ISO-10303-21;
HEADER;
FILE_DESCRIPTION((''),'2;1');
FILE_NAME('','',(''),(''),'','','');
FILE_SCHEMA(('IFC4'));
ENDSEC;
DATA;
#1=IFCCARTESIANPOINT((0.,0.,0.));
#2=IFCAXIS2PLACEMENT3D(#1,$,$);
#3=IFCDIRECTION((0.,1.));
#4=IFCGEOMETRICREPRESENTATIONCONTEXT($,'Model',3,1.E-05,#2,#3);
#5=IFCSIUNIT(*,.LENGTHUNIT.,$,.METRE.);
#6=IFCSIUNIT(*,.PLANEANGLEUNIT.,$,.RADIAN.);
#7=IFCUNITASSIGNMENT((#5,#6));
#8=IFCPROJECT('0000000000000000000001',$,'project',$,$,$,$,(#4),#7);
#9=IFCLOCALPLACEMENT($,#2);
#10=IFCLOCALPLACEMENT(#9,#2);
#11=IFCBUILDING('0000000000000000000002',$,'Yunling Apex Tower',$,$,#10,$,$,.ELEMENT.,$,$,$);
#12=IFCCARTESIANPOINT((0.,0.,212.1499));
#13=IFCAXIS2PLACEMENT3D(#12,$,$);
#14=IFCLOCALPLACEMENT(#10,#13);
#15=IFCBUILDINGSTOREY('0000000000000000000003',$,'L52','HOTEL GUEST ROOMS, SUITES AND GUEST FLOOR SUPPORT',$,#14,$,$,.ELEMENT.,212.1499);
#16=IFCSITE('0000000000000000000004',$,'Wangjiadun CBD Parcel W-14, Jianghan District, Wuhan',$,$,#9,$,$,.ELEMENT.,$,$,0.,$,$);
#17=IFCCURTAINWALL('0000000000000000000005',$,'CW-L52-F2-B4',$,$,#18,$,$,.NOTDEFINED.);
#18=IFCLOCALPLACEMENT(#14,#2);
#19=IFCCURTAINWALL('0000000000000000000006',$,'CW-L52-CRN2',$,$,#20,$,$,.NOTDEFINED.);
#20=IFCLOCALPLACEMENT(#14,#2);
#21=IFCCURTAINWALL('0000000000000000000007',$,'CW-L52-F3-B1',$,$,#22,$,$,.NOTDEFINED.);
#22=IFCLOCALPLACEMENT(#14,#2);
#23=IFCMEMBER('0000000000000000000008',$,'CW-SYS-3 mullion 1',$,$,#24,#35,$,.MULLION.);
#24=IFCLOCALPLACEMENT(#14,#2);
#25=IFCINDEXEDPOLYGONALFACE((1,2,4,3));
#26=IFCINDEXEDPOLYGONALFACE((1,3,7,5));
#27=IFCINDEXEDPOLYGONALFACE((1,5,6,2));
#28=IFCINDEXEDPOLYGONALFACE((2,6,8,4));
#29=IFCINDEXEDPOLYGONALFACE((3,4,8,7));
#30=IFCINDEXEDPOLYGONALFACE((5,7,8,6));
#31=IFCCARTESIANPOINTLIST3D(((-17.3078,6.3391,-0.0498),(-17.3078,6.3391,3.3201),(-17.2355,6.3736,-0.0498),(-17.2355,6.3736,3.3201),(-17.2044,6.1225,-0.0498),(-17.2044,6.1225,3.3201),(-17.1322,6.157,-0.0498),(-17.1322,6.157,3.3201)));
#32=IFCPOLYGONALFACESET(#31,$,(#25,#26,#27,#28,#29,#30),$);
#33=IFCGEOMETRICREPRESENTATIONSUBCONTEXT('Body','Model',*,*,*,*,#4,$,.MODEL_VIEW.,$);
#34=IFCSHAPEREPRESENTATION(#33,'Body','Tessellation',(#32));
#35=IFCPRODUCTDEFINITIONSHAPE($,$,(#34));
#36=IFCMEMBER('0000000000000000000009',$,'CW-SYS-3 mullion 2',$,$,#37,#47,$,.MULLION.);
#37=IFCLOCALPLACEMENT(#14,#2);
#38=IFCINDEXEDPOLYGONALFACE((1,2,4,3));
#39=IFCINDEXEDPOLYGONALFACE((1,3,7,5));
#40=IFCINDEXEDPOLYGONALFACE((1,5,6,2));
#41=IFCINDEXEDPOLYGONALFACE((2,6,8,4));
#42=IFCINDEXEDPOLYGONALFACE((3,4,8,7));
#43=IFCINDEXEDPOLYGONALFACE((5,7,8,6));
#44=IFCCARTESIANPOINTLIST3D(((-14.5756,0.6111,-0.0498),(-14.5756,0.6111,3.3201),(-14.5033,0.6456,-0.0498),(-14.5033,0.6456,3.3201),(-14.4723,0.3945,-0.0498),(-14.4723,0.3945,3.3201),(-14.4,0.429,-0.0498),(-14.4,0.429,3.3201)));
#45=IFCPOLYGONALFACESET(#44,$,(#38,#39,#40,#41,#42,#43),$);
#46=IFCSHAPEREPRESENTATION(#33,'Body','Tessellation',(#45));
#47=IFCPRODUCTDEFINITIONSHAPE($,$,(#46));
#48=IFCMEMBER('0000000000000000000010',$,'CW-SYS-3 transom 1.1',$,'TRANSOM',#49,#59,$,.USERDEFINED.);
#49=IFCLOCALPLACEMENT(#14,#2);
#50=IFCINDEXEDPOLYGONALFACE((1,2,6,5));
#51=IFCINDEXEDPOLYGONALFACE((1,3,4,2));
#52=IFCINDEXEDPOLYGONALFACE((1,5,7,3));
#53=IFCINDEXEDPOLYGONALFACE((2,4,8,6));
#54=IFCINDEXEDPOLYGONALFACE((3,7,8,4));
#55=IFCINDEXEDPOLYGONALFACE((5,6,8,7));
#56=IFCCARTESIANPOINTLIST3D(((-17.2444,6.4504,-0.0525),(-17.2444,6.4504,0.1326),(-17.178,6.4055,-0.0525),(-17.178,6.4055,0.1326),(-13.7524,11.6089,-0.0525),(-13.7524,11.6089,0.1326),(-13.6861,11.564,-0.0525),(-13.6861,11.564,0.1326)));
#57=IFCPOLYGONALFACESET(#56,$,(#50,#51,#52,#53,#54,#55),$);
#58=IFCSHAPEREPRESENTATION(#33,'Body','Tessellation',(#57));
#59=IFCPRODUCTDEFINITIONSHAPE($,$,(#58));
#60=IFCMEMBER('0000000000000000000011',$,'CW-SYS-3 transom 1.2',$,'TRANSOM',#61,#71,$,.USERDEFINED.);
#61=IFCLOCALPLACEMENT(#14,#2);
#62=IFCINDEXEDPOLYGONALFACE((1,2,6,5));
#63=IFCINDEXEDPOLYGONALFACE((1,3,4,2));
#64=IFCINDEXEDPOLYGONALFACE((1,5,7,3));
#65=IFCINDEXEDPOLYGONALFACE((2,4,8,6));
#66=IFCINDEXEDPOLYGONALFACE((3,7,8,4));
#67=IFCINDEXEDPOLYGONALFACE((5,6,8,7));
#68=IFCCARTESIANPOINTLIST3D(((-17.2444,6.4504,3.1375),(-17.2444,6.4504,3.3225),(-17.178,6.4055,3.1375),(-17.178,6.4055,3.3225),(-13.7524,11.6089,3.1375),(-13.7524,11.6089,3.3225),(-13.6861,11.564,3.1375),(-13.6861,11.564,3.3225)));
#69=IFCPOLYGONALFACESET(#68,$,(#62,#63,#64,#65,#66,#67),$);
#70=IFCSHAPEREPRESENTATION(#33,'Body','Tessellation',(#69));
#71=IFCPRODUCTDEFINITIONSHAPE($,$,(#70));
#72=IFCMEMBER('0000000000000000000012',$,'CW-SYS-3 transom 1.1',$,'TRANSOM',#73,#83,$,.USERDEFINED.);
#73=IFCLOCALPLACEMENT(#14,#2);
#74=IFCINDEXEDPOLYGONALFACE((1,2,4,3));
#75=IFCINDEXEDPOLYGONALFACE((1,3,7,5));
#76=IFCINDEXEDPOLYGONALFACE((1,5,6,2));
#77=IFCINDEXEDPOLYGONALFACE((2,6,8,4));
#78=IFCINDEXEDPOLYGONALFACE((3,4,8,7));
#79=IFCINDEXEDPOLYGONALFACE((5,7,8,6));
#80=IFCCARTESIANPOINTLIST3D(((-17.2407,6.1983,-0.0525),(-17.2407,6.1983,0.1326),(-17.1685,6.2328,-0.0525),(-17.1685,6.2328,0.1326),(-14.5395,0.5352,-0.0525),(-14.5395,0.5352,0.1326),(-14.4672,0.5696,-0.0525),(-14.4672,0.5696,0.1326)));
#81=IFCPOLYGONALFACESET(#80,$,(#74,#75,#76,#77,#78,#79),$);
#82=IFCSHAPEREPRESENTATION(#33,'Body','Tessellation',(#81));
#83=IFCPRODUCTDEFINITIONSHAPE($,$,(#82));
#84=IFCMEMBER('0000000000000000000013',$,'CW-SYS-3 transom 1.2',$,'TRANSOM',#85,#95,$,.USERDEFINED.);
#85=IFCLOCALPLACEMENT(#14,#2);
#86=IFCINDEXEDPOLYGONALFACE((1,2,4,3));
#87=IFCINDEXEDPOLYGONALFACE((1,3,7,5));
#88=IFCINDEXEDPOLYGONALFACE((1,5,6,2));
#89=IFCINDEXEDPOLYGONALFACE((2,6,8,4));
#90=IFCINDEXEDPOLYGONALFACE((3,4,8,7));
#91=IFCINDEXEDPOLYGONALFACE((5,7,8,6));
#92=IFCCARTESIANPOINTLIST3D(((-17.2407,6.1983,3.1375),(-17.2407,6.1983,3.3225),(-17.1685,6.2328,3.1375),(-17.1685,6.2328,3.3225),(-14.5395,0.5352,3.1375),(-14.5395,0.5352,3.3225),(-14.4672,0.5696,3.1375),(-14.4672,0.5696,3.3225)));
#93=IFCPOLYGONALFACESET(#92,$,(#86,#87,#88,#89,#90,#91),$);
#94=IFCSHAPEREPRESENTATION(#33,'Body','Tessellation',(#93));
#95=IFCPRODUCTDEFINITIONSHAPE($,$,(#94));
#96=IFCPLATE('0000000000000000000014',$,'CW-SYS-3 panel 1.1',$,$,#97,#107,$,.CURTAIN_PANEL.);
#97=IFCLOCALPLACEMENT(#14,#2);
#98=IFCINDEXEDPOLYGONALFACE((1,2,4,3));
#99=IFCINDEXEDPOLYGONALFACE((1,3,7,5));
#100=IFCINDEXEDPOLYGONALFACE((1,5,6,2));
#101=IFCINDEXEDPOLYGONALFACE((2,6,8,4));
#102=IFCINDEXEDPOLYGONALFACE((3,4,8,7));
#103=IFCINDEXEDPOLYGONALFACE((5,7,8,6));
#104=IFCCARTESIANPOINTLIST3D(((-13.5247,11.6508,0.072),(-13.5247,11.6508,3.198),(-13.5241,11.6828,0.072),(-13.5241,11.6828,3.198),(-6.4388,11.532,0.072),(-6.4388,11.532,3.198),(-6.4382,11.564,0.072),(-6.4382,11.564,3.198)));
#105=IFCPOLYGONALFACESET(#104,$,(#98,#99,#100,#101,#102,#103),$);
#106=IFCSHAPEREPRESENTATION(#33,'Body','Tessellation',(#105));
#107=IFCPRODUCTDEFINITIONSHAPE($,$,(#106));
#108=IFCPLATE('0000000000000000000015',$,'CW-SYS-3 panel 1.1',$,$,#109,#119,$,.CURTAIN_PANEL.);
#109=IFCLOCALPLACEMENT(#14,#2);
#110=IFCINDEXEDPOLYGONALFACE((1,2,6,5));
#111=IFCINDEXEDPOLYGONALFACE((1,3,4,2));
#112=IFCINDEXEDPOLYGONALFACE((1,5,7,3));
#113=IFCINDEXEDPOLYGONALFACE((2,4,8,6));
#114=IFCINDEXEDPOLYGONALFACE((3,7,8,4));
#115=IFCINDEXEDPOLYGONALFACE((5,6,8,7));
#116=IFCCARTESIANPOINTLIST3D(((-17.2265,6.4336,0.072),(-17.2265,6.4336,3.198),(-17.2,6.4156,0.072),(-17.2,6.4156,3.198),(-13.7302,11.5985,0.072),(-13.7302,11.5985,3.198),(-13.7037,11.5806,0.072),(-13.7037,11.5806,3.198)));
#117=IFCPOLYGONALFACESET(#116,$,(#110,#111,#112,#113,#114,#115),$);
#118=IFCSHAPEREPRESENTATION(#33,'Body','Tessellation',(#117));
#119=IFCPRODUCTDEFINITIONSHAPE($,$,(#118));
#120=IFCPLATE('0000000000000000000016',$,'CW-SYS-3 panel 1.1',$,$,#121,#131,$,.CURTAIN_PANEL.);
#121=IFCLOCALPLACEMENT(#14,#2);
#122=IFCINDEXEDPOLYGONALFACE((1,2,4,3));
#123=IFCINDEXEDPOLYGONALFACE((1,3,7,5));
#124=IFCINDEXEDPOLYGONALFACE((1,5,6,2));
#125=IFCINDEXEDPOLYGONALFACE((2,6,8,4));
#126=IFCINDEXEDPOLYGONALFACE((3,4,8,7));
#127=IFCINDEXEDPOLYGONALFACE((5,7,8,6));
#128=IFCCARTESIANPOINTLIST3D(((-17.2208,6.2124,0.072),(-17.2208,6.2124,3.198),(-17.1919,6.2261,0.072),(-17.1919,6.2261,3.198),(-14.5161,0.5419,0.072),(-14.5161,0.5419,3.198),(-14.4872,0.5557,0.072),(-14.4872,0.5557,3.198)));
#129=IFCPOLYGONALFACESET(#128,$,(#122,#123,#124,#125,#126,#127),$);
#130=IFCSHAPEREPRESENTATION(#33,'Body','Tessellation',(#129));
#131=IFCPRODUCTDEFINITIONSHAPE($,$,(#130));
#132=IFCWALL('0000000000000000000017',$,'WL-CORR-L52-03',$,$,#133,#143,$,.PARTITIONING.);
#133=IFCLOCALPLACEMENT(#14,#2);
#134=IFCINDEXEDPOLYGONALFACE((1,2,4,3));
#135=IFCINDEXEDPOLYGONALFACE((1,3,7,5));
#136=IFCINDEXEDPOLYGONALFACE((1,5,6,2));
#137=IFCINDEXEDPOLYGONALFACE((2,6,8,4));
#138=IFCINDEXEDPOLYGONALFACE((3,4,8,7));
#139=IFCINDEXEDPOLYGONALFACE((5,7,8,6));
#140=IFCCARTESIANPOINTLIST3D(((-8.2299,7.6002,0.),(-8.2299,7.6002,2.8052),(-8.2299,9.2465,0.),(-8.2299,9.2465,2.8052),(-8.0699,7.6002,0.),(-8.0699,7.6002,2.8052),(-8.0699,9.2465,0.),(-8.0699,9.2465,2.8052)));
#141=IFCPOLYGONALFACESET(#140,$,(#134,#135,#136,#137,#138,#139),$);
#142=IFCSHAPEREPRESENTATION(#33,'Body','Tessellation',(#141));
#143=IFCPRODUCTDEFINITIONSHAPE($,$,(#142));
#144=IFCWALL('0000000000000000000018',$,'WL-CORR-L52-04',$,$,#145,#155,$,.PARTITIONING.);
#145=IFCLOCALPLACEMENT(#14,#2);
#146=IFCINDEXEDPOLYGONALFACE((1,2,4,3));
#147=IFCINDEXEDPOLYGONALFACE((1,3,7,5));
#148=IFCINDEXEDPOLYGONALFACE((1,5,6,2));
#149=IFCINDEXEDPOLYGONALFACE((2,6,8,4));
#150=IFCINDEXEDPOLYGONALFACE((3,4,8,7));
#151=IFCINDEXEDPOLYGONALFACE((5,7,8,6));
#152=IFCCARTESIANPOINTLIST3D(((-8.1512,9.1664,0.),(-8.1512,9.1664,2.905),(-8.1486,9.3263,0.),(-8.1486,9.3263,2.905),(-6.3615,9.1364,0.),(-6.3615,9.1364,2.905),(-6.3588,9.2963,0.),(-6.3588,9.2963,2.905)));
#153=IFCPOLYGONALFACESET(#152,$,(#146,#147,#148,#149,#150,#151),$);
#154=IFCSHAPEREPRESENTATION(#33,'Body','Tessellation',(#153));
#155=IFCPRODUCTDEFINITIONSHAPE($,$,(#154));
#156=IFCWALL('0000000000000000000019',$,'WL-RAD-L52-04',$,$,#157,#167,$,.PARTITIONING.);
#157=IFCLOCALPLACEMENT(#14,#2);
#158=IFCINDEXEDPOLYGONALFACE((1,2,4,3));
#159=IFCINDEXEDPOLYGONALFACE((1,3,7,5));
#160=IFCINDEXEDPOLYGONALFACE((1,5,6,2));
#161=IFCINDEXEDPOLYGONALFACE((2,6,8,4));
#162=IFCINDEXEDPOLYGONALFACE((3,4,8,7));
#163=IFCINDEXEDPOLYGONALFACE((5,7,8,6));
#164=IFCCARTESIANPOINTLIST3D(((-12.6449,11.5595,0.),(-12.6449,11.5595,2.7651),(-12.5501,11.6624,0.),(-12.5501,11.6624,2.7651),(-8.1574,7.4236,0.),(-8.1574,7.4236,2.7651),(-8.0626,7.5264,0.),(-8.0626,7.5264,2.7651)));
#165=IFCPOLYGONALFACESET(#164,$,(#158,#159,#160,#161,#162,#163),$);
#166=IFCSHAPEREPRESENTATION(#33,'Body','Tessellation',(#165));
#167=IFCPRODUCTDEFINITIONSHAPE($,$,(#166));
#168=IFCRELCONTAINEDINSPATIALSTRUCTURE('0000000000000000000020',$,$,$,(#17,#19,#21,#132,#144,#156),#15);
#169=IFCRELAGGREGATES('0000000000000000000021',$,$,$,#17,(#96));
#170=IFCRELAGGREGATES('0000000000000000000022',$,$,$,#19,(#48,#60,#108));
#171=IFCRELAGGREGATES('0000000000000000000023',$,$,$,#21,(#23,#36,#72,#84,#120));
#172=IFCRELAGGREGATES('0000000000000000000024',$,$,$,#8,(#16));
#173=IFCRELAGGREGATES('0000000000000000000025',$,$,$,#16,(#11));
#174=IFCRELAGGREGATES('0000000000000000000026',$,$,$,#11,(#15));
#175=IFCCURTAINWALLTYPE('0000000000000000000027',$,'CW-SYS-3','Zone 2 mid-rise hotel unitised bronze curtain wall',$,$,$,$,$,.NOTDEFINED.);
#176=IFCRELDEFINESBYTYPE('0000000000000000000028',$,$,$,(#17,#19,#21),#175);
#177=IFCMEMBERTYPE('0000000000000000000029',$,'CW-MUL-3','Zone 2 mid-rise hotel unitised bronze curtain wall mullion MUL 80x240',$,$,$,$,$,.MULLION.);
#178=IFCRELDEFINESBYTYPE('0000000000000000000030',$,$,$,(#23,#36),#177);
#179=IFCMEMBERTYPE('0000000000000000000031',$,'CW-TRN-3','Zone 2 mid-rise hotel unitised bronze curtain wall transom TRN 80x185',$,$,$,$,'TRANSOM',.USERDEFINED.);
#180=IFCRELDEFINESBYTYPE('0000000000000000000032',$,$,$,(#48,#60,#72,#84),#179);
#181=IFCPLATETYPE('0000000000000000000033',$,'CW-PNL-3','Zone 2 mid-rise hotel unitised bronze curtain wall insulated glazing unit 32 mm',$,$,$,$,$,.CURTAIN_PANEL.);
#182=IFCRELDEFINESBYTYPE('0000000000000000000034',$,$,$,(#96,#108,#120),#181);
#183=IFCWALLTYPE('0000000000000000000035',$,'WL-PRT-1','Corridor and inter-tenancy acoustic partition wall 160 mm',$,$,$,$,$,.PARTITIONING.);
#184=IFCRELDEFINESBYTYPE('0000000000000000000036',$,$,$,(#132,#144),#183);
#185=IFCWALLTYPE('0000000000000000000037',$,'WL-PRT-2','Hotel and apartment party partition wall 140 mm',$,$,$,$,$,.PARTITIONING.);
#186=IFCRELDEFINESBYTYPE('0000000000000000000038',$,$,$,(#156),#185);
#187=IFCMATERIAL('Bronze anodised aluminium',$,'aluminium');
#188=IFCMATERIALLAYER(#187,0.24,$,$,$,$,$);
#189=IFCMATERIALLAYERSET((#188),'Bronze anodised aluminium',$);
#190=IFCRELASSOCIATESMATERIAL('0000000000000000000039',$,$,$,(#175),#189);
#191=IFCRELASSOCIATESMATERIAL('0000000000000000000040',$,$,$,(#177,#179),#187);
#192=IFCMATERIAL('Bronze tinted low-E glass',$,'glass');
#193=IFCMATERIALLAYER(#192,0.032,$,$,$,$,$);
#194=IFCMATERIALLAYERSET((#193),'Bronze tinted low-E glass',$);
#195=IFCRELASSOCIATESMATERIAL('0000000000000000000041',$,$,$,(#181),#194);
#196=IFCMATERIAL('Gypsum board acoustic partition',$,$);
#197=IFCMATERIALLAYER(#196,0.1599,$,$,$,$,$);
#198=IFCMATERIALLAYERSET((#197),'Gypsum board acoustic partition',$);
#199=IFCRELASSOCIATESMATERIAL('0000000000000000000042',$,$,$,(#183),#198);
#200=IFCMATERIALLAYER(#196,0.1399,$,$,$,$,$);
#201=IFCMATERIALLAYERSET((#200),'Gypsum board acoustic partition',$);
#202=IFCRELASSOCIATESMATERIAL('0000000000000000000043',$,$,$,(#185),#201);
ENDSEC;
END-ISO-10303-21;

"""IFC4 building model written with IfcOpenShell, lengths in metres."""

from ifc_helpers import new_model, si_unit, direction, frame, frame_2d, origin, origin_2d, place, context, subcontext, project, spatial, rectangle, extrude, source, transform, mapped, material, layer, layer_set, material_profile, profile_set, type_object, element, aggregate, save


model = new_model("IFC4")

# Units and contexts
model_context = context("Model", 3, precision=1e-05, world=origin(), true_north=direction((0.0, 1.0)))
body_context = subcontext(model_context, "Body", "Model", "MODEL_VIEW")
ifc_project = project(units=[si_unit("LENGTHUNIT", "METRE"), si_unit("PLANEANGLEUNIT", "RADIAN")], contexts=[model_context])

# Site, building, storey
site_placement = place(None, origin())
site = spatial("IfcSite", under=ifc_project, at=site_placement, Name="Wangjiadun CBD Parcel W-14, Jianghan District, Wuhan", CompositionType="ELEMENT", RefElevation=0.0)
building_placement = place(site_placement, origin())
building = spatial("IfcBuilding", under=site, at=building_placement, Name="Yunling Apex Tower", CompositionType="ELEMENT")
storey_placement = place(building_placement, frame((0.0, 0.0, 212.1499)))
storey = spatial("IfcBuildingStorey", under=building, at=storey_placement, Name="L52", Description="HOTEL GUEST ROOMS, SUITES AND GUEST FLOOR SUPPORT", CompositionType="ELEMENT", Elevation=212.1499)

# Curtain wall
ifc_material_1 = material(Name="Bronze anodised aluminium", Category="aluminium")
ifc_layer_1 = layer(ifc_material_1, 0.24)
ifc_layer_set_1 = layer_set([ifc_layer_1], Name="Bronze anodised aluminium")
curtain_wall_type = type_object("IfcCurtainWallType", Name="CW-SYS-3", Description="Zone 2 mid-rise hotel unitised bronze curtain wall", PredefinedType="NOTDEFINED", material=ifc_layer_set_1)
curtain_wall_1_placement = place(storey_placement, origin())
curtain_wall_1 = element("IfcCurtainWall", 1, at=curtain_wall_1_placement, inside=storey, type_object=curtain_wall_type, Name="CW-L52-F2-B4", PredefinedType="NOTDEFINED")
ifc_material_profile_1 = material_profile(ifc_material_1, rectangle(XDim=0.0801, YDim=0.24, at=origin_2d()))
ifc_profile_set_1 = profile_set([ifc_material_profile_1], Name="Bronze anodised aluminium")
member_type_1 = type_object("IfcMemberType", Name="CW-MUL-3", Description="Zone 2 mid-rise hotel unitised bronze curtain wall mullion MUL 80x240", PredefinedType="MULLION", material=ifc_profile_set_1)
shared_shape_1 = source(origin(), body_context, "Body", "SweptSolid", [
    extrude(rectangle(XDim=0.0801, YDim=0.24, at=origin_2d()), origin(), (0.0, 0.0, 1.0), 3.3699),
])

# Curtain walls, members
curtain_wall_2_placement = place(storey_placement, origin())
curtain_wall_2 = element("IfcCurtainWall", 2, at=curtain_wall_2_placement, inside=storey, type_object=curtain_wall_type, Name="CW-L52-CRN2", PredefinedType="NOTDEFINED")
curtain_wall_3_placement = place(storey_placement, origin())
curtain_wall_3 = element("IfcCurtainWall", 3, at=curtain_wall_3_placement, inside=storey, type_object=curtain_wall_type, Name="CW-L52-F3-B1", PredefinedType="NOTDEFINED")
member_1_placement = place(storey_placement, frame((-17.22, 6.248, -0.0498), z_axis=(0.0, 0.0, 1.0), x_axis=(0.902582, 0.430518, 0.0)))
member_1 = element("IfcMember", 4, at=member_1_placement, type_object=member_type_1, Name="CW-SYS-3 mullion 1", PredefinedType="MULLION", context=body_context, shape_type="MappedRepresentation", body=[
    mapped(shared_shape_1, transform((0.0, 0.0, 0.0), scale=1.0)),
])
member_2_placement = place(storey_placement, frame((-14.4878, 0.52, -0.0498), z_axis=(0.0, 0.0, 1.0), x_axis=(0.902582, 0.430518, 0.0)))
member_2 = element("IfcMember", 5, at=member_2_placement, type_object=member_type_1, Name="CW-SYS-3 mullion 2", PredefinedType="MULLION", context=body_context, shape_type="MappedRepresentation", body=[
    mapped(shared_shape_1, transform((0.0, 0.0, 0.0), scale=1.0)),
])

# Members
ifc_material_profile_2 = material_profile(ifc_material_1, rectangle(XDim=0.0801, YDim=0.1851, at=origin_2d()))
ifc_profile_set_2 = profile_set([ifc_material_profile_2], Name="Bronze anodised aluminium")
member_type_2 = type_object("IfcMemberType", Name="CW-TRN-3", Description="Zone 2 mid-rise hotel unitised bronze curtain wall transom TRN 80x185", ElementType="TRANSOM", PredefinedType="USERDEFINED", material=ifc_profile_set_2)
shared_shape_2 = source(origin(), body_context, "Body", "SweptSolid", [
    extrude(rectangle(XDim=0.0801, YDim=0.1851, at=origin_2d()), origin(), (0.0, 0.0, 1.0), 6.2292),
])
member_3_placement = place(storey_placement, frame((-13.7192, 11.5864, 0.04), z_axis=(-0.560574, -0.828104, 0.0), x_axis=(0.828104, -0.560574, 0.0)))
member_3 = element("IfcMember", 6, at=member_3_placement, type_object=member_type_2, Name="CW-SYS-3 transom 1.1", ObjectType="TRANSOM", PredefinedType="USERDEFINED", context=body_context, shape_type="MappedRepresentation", body=[
    mapped(shared_shape_2, transform((0.0, 0.0, 0.0), scale=1.0)),
])
member_4_placement = place(storey_placement, frame((-13.7192, 11.5864, 3.23), z_axis=(-0.560574, -0.828104, 0.0), x_axis=(0.828104, -0.560574, 0.0)))
member_4 = element("IfcMember", 7, at=member_4_placement, type_object=member_type_2, Name="CW-SYS-3 transom 1.2", ObjectType="TRANSOM", PredefinedType="USERDEFINED", context=body_context, shape_type="MappedRepresentation", body=[
    mapped(shared_shape_2, transform((0.0, 0.0, 0.0), scale=1.0)),
])
shared_shape_3 = source(origin(), body_context, "Body", "SweptSolid", [
    extrude(rectangle(XDim=0.0801, YDim=0.1851, at=origin_2d()), origin(), (0.0, 0.0, 1.0), 6.2744),
])
member_5_placement = place(storey_placement, frame((-17.2046, 6.2156, 0.04), z_axis=(0.430513, -0.902584, 0.0), x_axis=(0.902584, 0.430513, 0.0)))
member_5 = element("IfcMember", 8, at=member_5_placement, type_object=member_type_2, Name="CW-SYS-3 transom 1.1", ObjectType="TRANSOM", PredefinedType="USERDEFINED", context=body_context, shape_type="MappedRepresentation", body=[
    mapped(shared_shape_3, transform((0.0, 0.0, 0.0), scale=1.0)),
])
member_6_placement = place(storey_placement, frame((-17.2046, 6.2156, 3.23), z_axis=(0.430513, -0.902584, 0.0), x_axis=(0.902584, 0.430513, 0.0)))
member_6 = element("IfcMember", 9, at=member_6_placement, type_object=member_type_2, Name="CW-SYS-3 transom 1.2", ObjectType="TRANSOM", PredefinedType="USERDEFINED", context=body_context, shape_type="MappedRepresentation", body=[
    mapped(shared_shape_3, transform((0.0, 0.0, 0.0), scale=1.0)),
])

# Plates
ifc_material_2 = material(Name="Bronze tinted low-E glass", Category="glass")
ifc_layer_2 = layer(ifc_material_2, 0.032)
ifc_layer_set_2 = layer_set([ifc_layer_2], Name="Bronze tinted low-E glass")
plate_type = type_object("IfcPlateType", Name="CW-PNL-3", Description="Zone 2 mid-rise hotel unitised bronze curtain wall insulated glazing unit 32 mm", PredefinedType="CURTAIN_PANEL", material=ifc_layer_set_2)
shared_shape_4 = source(origin(), body_context, "Body", "SweptSolid", [
    extrude(rectangle(XDim=7.0869, YDim=0.032, at=origin_2d()), origin(), (0.0, 0.0, 1.0), 3.126),
])
plate_1_placement = place(storey_placement, frame((-9.9814, 11.6074, 0.072), z_axis=(0.0, 0.0, 1.0), x_axis=(-0.99986, 0.016761, 0.0)))
plate_1 = element("IfcPlate", 10, at=plate_1_placement, type_object=plate_type, Name="CW-SYS-3 panel 1.1", PredefinedType="CURTAIN_PANEL", context=body_context, shape_type="MappedRepresentation", body=[
    mapped(shared_shape_4, transform((0.0, 0.0, 0.0), scale=1.0)),
])
aggregate(curtain_wall_1, [plate_1])
shared_shape_5 = source(origin(), body_context, "Body", "SweptSolid", [
    extrude(rectangle(XDim=6.2371, YDim=0.032, at=origin_2d()), origin(), (0.0, 0.0, 1.0), 3.126),
])
plate_2_placement = place(storey_placement, frame((-15.4651, 9.0071, 0.072), z_axis=(0.0, 0.0, 1.0), x_axis=(-0.56057, -0.828107, 0.0)))
plate_2 = element("IfcPlate", 11, at=plate_2_placement, type_object=plate_type, Name="CW-SYS-3 panel 1.1", PredefinedType="CURTAIN_PANEL", context=body_context, shape_type="MappedRepresentation", body=[
    mapped(shared_shape_5, transform((0.0, 0.0, 0.0), scale=1.0)),
])
aggregate(curtain_wall_2, [member_3, member_4, plate_2])
shared_shape_6 = source(origin(), body_context, "Body", "SweptSolid", [
    extrude(rectangle(XDim=6.2825, YDim=0.032, at=origin_2d()), origin(), (0.0, 0.0, 1.0), 3.126),
])
plate_3_placement = place(storey_placement, frame((-15.854, 3.384, 0.072), z_axis=(0.0, 0.0, 1.0), x_axis=(0.430518, -0.902582, 0.0)))
plate_3 = element("IfcPlate", 12, at=plate_3_placement, type_object=plate_type, Name="CW-SYS-3 panel 1.1", PredefinedType="CURTAIN_PANEL", context=body_context, shape_type="MappedRepresentation", body=[
    mapped(shared_shape_6, transform((0.0, 0.0, 0.0), scale=1.0)),
])
aggregate(curtain_wall_3, [member_1, member_2, member_5, member_6, plate_3])

# Walls
ifc_material_3 = material(Name="Gypsum board acoustic partition")
ifc_layer_3 = layer(ifc_material_3, 0.1599)
ifc_layer_set_3 = layer_set([ifc_layer_3], Name="Gypsum board acoustic partition")
wall_type_1 = type_object("IfcWallType", Name="WL-PRT-1", Description="Corridor and inter-tenancy acoustic partition wall 160 mm", PredefinedType="PARTITIONING", material=ifc_layer_set_3)
wall_1_placement = place(storey_placement, frame((-8.1499, 7.6001, 0.0), z_axis=(0.0, 0.0, 1.0), x_axis=(0.0, 1.0, 0.0)))
element("IfcWall", 13, at=wall_1_placement, inside=storey, type_object=wall_type_1, Name="WL-CORR-L52-03", PredefinedType="PARTITIONING", context=body_context, shape_type="SweptSolid", body=[
    extrude(rectangle(XDim=1.6462, YDim=0.1599, at=frame_2d((0.8232, 0.0))), origin(), (0.0, 0.0, 1.0), 2.8052),
])
wall_2_placement = place(storey_placement, frame((-8.1499, 9.2463, 0.0), z_axis=(0.0, 0.0, 1.0), x_axis=(0.999859, -0.016776, 0.0)))
element("IfcWall", 14, at=wall_2_placement, inside=storey, type_object=wall_type_1, Name="WL-CORR-L52-04", PredefinedType="PARTITIONING", context=body_context, shape_type="SweptSolid", body=[
    extrude(rectangle(XDim=1.79, YDim=0.1599, at=frame_2d((0.895, 0.0))), origin(), (0.0, 0.0, 1.0), 2.905),
])
ifc_layer_4 = layer(ifc_material_3, 0.1399)
ifc_layer_set_4 = layer_set([ifc_layer_4], Name="Gypsum board acoustic partition")
wall_type_2 = type_object("IfcWallType", Name="WL-PRT-2", Description="Hotel and apartment party partition wall 140 mm", PredefinedType="PARTITIONING", material=ifc_layer_set_4)
wall_3_placement = place(storey_placement, frame((-8.1101, 7.4751, 0.0), z_axis=(0.0, 0.0, 1.0), x_axis=(-0.735323, 0.677717, 0.0)))
element("IfcWall", 15, at=wall_3_placement, inside=storey, type_object=wall_type_2, Name="WL-RAD-L52-04", PredefinedType="PARTITIONING", context=body_context, shape_type="SweptSolid", body=[
    extrude(rectangle(XDim=6.1028, YDim=0.1399, at=frame_2d((3.0513, 0.0))), origin(), (0.0, 0.0, 1.0), 2.7651),
])

save(model, "model.ifc")
